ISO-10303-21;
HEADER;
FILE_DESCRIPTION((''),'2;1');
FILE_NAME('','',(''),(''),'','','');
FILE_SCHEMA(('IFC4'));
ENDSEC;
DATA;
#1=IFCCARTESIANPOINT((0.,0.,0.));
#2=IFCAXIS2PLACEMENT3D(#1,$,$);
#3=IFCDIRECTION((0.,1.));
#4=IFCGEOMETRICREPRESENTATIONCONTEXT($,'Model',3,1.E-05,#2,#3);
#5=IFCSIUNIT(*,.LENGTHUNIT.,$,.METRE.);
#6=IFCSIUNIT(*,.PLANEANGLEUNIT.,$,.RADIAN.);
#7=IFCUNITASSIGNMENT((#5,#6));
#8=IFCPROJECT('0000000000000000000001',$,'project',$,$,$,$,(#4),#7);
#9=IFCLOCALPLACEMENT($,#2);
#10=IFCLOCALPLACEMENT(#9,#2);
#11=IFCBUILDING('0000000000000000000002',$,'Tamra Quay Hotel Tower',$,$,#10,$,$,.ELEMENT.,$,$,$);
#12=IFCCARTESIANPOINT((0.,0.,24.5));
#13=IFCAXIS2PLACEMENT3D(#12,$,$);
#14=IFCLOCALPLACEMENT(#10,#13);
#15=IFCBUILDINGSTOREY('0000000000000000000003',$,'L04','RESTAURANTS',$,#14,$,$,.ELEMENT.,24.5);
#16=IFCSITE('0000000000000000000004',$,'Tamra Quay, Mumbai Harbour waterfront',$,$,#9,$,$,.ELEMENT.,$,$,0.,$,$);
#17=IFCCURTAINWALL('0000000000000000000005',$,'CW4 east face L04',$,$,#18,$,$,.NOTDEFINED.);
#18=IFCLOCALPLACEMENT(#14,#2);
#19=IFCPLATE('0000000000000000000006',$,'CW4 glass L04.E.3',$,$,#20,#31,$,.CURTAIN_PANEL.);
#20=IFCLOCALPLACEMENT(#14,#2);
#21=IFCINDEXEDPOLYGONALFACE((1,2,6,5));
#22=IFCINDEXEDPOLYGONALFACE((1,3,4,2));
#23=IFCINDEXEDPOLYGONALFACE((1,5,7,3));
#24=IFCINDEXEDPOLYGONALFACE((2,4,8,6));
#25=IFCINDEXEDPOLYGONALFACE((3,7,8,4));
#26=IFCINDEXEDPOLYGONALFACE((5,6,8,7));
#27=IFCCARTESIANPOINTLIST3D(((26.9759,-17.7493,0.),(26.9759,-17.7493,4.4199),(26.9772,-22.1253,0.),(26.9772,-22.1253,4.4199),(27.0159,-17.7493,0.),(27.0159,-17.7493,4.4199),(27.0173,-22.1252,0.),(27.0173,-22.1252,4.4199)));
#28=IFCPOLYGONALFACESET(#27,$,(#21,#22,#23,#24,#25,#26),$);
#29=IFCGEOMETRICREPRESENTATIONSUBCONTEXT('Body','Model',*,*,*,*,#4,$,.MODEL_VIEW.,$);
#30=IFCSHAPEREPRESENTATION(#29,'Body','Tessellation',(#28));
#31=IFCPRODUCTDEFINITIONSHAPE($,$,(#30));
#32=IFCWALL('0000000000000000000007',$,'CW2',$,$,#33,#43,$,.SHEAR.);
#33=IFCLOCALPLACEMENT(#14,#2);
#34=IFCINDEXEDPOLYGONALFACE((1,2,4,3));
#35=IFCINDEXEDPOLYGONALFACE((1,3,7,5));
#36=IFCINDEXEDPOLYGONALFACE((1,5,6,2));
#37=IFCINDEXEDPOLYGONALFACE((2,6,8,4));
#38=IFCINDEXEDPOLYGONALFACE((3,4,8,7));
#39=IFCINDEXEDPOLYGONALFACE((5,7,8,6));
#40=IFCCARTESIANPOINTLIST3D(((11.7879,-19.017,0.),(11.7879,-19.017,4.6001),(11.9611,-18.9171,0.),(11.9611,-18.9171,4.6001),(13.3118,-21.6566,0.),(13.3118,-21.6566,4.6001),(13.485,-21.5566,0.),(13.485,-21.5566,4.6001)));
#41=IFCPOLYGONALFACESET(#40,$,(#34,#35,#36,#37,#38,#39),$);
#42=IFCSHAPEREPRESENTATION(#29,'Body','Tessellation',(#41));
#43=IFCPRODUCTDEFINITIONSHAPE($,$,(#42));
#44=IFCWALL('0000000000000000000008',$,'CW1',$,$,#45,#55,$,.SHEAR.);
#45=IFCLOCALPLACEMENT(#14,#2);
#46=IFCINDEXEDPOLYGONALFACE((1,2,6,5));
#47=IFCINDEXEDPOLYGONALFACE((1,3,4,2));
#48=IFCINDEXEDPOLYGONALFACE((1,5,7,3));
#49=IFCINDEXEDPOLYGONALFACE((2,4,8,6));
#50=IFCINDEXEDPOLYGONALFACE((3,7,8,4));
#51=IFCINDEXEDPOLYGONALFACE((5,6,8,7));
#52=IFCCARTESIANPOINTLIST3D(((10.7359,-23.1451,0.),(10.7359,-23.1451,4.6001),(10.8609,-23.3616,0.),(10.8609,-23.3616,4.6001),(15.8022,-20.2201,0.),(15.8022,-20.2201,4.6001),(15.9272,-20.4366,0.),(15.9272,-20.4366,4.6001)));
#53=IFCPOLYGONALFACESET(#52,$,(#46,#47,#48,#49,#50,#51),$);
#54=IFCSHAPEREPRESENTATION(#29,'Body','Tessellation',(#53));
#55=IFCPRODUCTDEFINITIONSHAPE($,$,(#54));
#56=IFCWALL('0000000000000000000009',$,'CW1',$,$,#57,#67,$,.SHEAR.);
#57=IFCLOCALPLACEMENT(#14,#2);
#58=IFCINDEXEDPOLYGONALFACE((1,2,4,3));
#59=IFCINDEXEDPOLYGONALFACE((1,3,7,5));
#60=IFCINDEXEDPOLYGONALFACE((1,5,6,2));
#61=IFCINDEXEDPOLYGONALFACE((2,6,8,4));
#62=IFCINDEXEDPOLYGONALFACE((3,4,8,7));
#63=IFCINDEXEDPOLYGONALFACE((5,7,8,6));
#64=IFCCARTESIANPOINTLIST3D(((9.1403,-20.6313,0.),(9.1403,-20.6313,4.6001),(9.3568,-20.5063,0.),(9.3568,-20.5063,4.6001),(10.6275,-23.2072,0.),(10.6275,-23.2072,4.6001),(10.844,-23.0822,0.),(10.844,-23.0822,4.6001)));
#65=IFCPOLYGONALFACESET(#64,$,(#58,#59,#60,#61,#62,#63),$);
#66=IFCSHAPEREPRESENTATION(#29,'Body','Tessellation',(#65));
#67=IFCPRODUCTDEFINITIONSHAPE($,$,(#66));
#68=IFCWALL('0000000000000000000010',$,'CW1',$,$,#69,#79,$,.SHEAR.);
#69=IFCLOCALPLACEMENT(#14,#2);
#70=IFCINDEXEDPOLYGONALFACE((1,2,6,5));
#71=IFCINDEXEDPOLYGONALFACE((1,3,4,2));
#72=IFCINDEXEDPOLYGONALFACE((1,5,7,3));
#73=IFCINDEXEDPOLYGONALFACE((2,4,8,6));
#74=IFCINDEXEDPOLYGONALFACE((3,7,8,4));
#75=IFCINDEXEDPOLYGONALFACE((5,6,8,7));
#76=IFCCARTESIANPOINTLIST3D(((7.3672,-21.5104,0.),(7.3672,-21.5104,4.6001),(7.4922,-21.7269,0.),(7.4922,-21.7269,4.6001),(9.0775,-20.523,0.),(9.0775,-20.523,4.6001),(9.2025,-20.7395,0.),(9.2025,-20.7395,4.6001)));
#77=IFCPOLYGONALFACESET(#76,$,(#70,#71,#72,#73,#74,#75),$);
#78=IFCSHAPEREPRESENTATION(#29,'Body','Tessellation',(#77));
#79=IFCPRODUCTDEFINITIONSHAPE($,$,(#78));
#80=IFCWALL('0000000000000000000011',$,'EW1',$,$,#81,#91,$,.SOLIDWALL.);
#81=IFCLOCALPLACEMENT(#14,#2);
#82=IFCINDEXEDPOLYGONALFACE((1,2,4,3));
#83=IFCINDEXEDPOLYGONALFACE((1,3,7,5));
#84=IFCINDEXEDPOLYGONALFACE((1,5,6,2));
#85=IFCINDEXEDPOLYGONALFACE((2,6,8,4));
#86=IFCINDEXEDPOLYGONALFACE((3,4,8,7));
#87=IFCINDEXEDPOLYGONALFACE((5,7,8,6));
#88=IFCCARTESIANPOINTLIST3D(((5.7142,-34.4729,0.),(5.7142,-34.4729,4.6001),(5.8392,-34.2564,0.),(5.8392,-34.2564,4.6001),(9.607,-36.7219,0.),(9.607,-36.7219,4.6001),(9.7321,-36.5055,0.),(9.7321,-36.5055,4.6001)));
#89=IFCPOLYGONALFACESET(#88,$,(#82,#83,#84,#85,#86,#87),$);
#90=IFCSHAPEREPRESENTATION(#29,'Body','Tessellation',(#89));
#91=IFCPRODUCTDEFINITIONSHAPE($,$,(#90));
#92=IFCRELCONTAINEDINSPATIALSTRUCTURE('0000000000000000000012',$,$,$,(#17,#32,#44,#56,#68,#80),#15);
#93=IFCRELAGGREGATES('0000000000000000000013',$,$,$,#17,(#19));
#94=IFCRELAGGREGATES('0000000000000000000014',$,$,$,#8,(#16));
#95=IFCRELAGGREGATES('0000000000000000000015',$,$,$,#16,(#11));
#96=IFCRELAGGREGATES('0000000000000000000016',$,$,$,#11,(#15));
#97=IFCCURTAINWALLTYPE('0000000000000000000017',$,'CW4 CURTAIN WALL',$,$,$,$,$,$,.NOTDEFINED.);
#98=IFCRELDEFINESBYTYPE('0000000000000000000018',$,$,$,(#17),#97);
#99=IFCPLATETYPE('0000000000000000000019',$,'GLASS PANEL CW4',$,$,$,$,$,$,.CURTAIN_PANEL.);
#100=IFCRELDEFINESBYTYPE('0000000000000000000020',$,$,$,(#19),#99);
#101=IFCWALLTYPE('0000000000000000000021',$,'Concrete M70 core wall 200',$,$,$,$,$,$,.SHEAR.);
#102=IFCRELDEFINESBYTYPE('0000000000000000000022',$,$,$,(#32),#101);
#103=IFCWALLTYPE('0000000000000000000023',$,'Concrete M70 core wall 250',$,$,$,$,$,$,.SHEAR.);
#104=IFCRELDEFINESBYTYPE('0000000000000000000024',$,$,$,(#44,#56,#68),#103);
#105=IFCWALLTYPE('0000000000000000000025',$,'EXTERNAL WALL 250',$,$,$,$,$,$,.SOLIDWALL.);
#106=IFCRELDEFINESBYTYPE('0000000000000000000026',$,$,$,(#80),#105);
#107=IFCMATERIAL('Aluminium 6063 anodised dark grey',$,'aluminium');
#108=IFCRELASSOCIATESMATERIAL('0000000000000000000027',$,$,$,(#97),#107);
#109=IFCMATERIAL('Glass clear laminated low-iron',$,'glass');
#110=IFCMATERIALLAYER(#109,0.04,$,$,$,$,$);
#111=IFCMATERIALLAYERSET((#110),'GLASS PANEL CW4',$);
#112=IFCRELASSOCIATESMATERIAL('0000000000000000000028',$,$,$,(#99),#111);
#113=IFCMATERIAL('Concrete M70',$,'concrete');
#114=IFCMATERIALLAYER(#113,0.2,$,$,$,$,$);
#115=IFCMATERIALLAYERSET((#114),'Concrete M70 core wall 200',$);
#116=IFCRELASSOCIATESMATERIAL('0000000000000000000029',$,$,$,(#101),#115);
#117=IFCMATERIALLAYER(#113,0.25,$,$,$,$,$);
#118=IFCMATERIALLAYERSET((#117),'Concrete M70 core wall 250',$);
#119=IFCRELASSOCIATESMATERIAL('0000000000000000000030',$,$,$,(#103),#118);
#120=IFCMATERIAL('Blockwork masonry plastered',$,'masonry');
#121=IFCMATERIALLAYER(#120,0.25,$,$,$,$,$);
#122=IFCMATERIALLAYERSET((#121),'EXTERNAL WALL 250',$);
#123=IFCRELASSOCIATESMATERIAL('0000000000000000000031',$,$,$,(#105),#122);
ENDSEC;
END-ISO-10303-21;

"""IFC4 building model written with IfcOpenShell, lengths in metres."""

from ifc_helpers import new_model, si_unit, direction, frame, frame_2d, origin, origin_2d, place, context, subcontext, project, spatial, rectangle, extrude, material, layer, layer_set, type_object, element, aggregate, save


model = new_model("IFC4")

# Units and contexts
model_context = context("Model", 3, precision=1e-05, world=origin(), true_north=direction((0.0, 1.0)))
body_context = subcontext(model_context, "Body", "Model", "MODEL_VIEW")
ifc_project = project(units=[si_unit("LENGTHUNIT", "METRE"), si_unit("PLANEANGLEUNIT", "RADIAN")], contexts=[model_context])

# Site, building, storey
site_placement = place(None, origin())
site = spatial("IfcSite", under=ifc_project, at=site_placement, Name="Tamra Quay, Mumbai Harbour waterfront", CompositionType="ELEMENT", RefElevation=0.0)
building_placement = place(site_placement, origin())
building = spatial("IfcBuilding", under=site, at=building_placement, Name="Tamra Quay Hotel Tower", CompositionType="ELEMENT")
storey_placement = place(building_placement, frame((0.0, 0.0, 24.5)))
storey = spatial("IfcBuildingStorey", under=building, at=storey_placement, Name="L04", Description="RESTAURANTS", CompositionType="ELEMENT", Elevation=24.5)

# Shared definitions
ifc_material_1 = material(Name="Concrete M70", Category="concrete")

# Curtain wall
ifc_material_2 = material(Name="Aluminium 6063 anodised dark grey", Category="aluminium")
curtain_wall_type = type_object("IfcCurtainWallType", Name="CW4 CURTAIN WALL", PredefinedType="NOTDEFINED", material=ifc_material_2)
curtain_wall_1_placement = place(storey_placement, origin())
curtain_wall_1 = element("IfcCurtainWall", 1, at=curtain_wall_1_placement, inside=storey, type_object=curtain_wall_type, Name="CW4 east face L04", PredefinedType="NOTDEFINED")

# Plate
ifc_material_3 = material(Name="Glass clear laminated low-iron", Category="glass")
ifc_layer_1 = layer(ifc_material_3, 0.04)
ifc_layer_set_1 = layer_set([ifc_layer_1], Name="GLASS PANEL CW4")
plate_type = type_object("IfcPlateType", Name="GLASS PANEL CW4", PredefinedType="CURTAIN_PANEL", material=ifc_layer_set_1)
plate_1_placement = place(storey_placement, frame((26.9966, -19.9373, 0.0), z_axis=(0.0, 0.0, 1.0), x_axis=(-0.000306, 1.0, 0.0)))
plate_1 = element("IfcPlate", 2, at=plate_1_placement, type_object=plate_type, Name="CW4 glass L04.E.3", PredefinedType="CURTAIN_PANEL", context=body_context, shape_type="SweptSolid", body=[
    extrude(rectangle(XDim=4.376, YDim=0.04, at=origin_2d()), origin(), (0.0, 0.0, 1.0), 4.4199),
])
aggregate(curtain_wall_1, [plate_1])

# Walls
ifc_layer_2 = layer(ifc_material_1, 0.2)
ifc_layer_set_2 = layer_set([ifc_layer_2], Name="Concrete M70 core wall 200")
wall_type_1 = type_object("IfcWallType", Name="Concrete M70 core wall 200", PredefinedType="SHEAR", material=ifc_layer_set_2)
wall_1_placement = place(storey_placement, frame((11.8745, -18.967, 0.0), z_axis=(0.0, 0.0, 1.0), x_axis=(0.499981, -0.866036, 0.0)))
element("IfcWall", 3, at=wall_1_placement, inside=storey, type_object=wall_type_1, Name="CW2", PredefinedType="SHEAR", context=body_context, shape_type="SweptSolid", body=[
    extrude(rectangle(XDim=3.0479, YDim=0.2, at=frame_2d((1.5239, 0.0))), origin(), (0.0, 0.0, 1.0), 4.6001),
])
ifc_layer_3 = layer(ifc_material_1, 0.25)
ifc_layer_set_3 = layer_set([ifc_layer_3], Name="Concrete M70 core wall 250")
wall_type_2 = type_object("IfcWallType", Name="Concrete M70 core wall 250", PredefinedType="SHEAR", material=ifc_layer_set_3)
wall_2_placement = place(storey_placement, frame((15.8647, -20.3284, 0.0), z_axis=(0.0, 0.0, 1.0), x_axis=(-0.866029, -0.499995, 0.0)))
element("IfcWall", 4, at=wall_2_placement, inside=storey, type_object=wall_type_2, Name="CW1", PredefinedType="SHEAR", context=body_context, shape_type="SweptSolid", body=[
    extrude(rectangle(XDim=5.8501, YDim=0.25, at=frame_2d((2.925, 0.0))), origin(), (0.0, 0.0, 1.0), 4.6001),
])
wall_3_placement = place(storey_placement, frame((10.7358, -23.1448, 0.0), z_axis=(0.0, 0.0, 1.0), x_axis=(-0.500023, 0.866012, 0.0)))
element("IfcWall", 5, at=wall_3_placement, inside=storey, type_object=wall_type_2, Name="CW1", PredefinedType="SHEAR", context=body_context, shape_type="SweptSolid", body=[
    extrude(rectangle(XDim=2.9744, YDim=0.25, at=frame_2d((1.4873, 0.0))), origin(), (0.0, 0.0, 1.0), 4.6001),
])
wall_4_placement = place(storey_placement, frame((9.1399, -20.6313, 0.0), z_axis=(0.0, 0.0, 1.0), x_axis=(-0.866044, -0.499969, 0.0)))
element("IfcWall", 6, at=wall_4_placement, inside=storey, type_object=wall_type_2, Name="CW1", PredefinedType="SHEAR", context=body_context, shape_type="SweptSolid", body=[
    extrude(rectangle(XDim=1.9749, YDim=0.25, at=frame_2d((0.9873, 0.0))), origin(), (0.0, 0.0, 1.0), 4.6001),
])
ifc_material_4 = material(Name="Blockwork masonry plastered", Category="masonry")
ifc_layer_4 = layer(ifc_material_4, 0.25)
ifc_layer_set_4 = layer_set([ifc_layer_4], Name="EXTERNAL WALL 250")
wall_type_3 = type_object("IfcWallType", Name="EXTERNAL WALL 250", PredefinedType="SOLIDWALL", material=ifc_layer_set_4)
wall_5_placement = place(storey_placement, frame((9.6697, -36.6138, 0.0), z_axis=(0.0, 0.0, 1.0), x_axis=(-0.865881, 0.50025, 0.0)))
element("IfcWall", 7, at=wall_5_placement, inside=storey, type_object=wall_type_3, Name="EW1", PredefinedType="SOLIDWALL", context=body_context, shape_type="SweptSolid", body=[
    extrude(rectangle(XDim=4.4958, YDim=0.25, at=frame_2d((2.248, 0.0))), origin(), (0.0, 0.0, 1.0), 4.6001),
])

save(model, "model.ifc")
